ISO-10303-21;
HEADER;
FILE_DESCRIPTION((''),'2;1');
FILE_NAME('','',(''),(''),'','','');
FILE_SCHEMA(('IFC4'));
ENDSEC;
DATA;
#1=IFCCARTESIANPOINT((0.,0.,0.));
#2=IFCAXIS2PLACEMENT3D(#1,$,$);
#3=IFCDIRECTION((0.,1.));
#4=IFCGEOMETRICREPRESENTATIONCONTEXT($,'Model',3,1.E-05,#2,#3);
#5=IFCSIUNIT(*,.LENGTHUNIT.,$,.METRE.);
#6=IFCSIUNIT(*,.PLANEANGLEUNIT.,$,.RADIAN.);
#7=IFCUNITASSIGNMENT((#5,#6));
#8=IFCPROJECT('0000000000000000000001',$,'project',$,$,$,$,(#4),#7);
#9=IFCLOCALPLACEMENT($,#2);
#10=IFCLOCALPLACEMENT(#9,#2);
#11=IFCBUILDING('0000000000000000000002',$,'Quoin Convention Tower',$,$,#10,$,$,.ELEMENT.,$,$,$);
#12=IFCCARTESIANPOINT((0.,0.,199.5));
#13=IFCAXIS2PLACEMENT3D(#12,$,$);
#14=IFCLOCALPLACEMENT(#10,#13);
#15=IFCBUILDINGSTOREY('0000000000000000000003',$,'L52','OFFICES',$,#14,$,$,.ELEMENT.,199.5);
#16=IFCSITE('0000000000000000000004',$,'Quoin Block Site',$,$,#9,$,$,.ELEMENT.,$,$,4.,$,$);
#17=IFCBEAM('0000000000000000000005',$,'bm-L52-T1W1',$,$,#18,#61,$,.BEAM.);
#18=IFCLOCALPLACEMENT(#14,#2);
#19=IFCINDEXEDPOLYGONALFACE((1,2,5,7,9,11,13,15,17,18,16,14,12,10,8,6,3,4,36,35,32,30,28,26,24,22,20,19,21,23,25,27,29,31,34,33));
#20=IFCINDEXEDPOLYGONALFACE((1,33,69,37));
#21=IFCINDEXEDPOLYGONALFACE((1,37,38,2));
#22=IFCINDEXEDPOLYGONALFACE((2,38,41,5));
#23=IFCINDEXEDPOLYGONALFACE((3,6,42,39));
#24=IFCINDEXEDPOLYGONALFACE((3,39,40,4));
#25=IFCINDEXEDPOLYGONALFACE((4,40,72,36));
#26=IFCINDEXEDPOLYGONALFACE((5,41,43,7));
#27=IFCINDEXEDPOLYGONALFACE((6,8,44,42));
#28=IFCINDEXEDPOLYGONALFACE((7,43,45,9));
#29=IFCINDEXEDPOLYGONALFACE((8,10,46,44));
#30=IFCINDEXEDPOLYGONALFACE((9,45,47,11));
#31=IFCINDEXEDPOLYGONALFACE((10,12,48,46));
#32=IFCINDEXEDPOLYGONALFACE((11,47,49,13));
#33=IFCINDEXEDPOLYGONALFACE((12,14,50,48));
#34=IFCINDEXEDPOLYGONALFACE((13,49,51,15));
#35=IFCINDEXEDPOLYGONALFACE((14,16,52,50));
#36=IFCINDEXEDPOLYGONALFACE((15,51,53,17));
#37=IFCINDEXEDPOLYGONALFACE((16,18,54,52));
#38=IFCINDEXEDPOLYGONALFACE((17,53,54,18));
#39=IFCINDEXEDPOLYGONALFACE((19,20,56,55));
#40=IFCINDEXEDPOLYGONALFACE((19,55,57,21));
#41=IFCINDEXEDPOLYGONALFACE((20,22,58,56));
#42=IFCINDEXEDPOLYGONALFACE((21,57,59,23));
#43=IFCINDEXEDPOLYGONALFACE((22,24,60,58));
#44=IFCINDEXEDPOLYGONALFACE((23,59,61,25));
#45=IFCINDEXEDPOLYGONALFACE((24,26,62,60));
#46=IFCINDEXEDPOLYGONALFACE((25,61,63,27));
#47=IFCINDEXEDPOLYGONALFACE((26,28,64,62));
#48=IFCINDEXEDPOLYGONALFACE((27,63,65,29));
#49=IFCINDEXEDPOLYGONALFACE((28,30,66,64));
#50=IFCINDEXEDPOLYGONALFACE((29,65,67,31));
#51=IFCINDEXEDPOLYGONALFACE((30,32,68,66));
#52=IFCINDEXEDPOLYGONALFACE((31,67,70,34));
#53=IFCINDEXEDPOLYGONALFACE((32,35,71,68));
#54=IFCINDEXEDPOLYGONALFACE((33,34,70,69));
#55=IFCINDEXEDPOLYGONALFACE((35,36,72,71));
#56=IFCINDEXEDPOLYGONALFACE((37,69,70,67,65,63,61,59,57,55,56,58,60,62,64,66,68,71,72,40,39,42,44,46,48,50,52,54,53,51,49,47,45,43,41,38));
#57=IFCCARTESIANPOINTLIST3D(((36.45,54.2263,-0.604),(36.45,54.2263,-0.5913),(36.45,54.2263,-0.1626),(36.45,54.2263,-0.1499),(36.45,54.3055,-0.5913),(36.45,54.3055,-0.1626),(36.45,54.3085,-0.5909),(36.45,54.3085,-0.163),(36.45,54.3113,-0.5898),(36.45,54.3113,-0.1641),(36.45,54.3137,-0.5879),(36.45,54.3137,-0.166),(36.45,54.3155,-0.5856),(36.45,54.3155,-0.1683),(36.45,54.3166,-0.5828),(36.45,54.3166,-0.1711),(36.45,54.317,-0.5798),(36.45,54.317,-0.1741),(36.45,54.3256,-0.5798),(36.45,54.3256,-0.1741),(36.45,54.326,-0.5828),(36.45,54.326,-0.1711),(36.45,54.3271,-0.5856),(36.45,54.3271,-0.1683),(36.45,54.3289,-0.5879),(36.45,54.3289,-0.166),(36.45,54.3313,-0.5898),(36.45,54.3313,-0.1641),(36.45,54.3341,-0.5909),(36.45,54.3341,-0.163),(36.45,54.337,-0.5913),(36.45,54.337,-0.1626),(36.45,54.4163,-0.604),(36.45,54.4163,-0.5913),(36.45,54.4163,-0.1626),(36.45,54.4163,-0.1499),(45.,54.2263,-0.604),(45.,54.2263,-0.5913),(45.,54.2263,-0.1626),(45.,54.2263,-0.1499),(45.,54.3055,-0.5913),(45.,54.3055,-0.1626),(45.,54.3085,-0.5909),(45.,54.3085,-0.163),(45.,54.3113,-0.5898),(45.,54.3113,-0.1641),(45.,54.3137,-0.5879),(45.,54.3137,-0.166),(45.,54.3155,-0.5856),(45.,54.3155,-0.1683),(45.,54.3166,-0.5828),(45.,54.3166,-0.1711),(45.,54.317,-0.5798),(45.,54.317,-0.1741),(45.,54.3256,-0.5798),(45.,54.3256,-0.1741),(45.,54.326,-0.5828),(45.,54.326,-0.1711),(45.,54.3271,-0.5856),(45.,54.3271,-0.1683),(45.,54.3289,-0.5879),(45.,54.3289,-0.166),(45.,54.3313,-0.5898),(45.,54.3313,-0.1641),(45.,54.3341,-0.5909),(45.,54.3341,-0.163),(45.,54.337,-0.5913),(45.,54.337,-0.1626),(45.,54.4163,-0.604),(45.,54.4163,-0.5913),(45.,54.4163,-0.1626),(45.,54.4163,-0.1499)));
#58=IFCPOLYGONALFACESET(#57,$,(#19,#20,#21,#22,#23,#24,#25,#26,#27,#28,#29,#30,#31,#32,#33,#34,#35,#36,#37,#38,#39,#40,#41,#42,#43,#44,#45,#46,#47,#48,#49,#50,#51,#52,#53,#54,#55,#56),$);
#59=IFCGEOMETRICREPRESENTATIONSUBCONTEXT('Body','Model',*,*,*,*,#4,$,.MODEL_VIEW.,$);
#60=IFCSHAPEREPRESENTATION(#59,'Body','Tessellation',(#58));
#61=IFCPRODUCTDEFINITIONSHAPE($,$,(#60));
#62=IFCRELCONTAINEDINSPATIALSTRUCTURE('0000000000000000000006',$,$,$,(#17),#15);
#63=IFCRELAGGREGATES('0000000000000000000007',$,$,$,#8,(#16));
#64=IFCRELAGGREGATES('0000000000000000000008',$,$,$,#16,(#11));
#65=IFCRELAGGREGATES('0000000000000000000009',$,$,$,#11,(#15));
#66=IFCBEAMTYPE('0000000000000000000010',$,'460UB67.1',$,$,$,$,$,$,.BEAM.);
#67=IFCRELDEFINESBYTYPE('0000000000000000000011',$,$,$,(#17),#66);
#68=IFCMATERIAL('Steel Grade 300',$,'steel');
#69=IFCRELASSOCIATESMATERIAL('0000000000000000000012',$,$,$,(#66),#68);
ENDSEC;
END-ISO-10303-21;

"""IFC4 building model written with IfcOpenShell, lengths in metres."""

from ifc_helpers import new_model, si_unit, direction, frame, origin, origin_2d, place, context, subcontext, project, spatial, i_section, extrude, material, material_profile, profile_set, type_object, element, save


model = new_model("IFC4")

# Units and contexts
model_context = context("Model", 3, precision=1e-05, world=origin(), true_north=direction((0.0, 1.0)))
body_context = subcontext(model_context, "Body", "Model", "MODEL_VIEW")
ifc_project = project(units=[si_unit("LENGTHUNIT", "METRE"), si_unit("PLANEANGLEUNIT", "RADIAN")], contexts=[model_context])

# Site, building, storey
site_placement = place(None, origin())
site = spatial("IfcSite", under=ifc_project, at=site_placement, Name="Quoin Block Site", CompositionType="ELEMENT", RefElevation=4.0)
building_placement = place(site_placement, origin())
building = spatial("IfcBuilding", under=site, at=building_placement, Name="Quoin Convention Tower", CompositionType="ELEMENT")
storey_placement = place(building_placement, frame((0.0, 0.0, 199.5)))
storey = spatial("IfcBuildingStorey", under=building, at=storey_placement, Name="L52", Description="OFFICES", CompositionType="ELEMENT", Elevation=199.5)

# Beam
ifc_material_1 = material(Name="Steel Grade 300", Category="steel")
ifc_material_profile = material_profile(ifc_material_1, i_section(OverallWidth=0.1899, OverallDepth=0.4541, WebThickness=0.0085, FlangeThickness=0.0127, FilletRadius=0.0115, at=origin_2d()), Name="460UB67.1")
ifc_profile_set = profile_set([ifc_material_profile], Name="Steel Grade 300")
beam_type = type_object("IfcBeamType", Name="460UB67.1", PredefinedType="BEAM", material=ifc_profile_set)
beam_placement = place(storey_placement, frame((36.45, 54.3213, -0.377), z_axis=(1.0, 0.0, 0.0), x_axis=(0.0, 1.0, 0.0)))
element("IfcBeam", 1, at=beam_placement, inside=storey, type_object=beam_type, Name="bm-L52-T1W1", PredefinedType="BEAM", context=body_context, shape_type="SweptSolid", body=[
    extrude(i_section(OverallWidth=0.1899, OverallDepth=0.4541, WebThickness=0.0085, FlangeThickness=0.0127, FilletRadius=0.0115, at=origin_2d()), origin(), (0.0, 0.0, 1.0), 8.55),
])

save(model, "model.ifc")
